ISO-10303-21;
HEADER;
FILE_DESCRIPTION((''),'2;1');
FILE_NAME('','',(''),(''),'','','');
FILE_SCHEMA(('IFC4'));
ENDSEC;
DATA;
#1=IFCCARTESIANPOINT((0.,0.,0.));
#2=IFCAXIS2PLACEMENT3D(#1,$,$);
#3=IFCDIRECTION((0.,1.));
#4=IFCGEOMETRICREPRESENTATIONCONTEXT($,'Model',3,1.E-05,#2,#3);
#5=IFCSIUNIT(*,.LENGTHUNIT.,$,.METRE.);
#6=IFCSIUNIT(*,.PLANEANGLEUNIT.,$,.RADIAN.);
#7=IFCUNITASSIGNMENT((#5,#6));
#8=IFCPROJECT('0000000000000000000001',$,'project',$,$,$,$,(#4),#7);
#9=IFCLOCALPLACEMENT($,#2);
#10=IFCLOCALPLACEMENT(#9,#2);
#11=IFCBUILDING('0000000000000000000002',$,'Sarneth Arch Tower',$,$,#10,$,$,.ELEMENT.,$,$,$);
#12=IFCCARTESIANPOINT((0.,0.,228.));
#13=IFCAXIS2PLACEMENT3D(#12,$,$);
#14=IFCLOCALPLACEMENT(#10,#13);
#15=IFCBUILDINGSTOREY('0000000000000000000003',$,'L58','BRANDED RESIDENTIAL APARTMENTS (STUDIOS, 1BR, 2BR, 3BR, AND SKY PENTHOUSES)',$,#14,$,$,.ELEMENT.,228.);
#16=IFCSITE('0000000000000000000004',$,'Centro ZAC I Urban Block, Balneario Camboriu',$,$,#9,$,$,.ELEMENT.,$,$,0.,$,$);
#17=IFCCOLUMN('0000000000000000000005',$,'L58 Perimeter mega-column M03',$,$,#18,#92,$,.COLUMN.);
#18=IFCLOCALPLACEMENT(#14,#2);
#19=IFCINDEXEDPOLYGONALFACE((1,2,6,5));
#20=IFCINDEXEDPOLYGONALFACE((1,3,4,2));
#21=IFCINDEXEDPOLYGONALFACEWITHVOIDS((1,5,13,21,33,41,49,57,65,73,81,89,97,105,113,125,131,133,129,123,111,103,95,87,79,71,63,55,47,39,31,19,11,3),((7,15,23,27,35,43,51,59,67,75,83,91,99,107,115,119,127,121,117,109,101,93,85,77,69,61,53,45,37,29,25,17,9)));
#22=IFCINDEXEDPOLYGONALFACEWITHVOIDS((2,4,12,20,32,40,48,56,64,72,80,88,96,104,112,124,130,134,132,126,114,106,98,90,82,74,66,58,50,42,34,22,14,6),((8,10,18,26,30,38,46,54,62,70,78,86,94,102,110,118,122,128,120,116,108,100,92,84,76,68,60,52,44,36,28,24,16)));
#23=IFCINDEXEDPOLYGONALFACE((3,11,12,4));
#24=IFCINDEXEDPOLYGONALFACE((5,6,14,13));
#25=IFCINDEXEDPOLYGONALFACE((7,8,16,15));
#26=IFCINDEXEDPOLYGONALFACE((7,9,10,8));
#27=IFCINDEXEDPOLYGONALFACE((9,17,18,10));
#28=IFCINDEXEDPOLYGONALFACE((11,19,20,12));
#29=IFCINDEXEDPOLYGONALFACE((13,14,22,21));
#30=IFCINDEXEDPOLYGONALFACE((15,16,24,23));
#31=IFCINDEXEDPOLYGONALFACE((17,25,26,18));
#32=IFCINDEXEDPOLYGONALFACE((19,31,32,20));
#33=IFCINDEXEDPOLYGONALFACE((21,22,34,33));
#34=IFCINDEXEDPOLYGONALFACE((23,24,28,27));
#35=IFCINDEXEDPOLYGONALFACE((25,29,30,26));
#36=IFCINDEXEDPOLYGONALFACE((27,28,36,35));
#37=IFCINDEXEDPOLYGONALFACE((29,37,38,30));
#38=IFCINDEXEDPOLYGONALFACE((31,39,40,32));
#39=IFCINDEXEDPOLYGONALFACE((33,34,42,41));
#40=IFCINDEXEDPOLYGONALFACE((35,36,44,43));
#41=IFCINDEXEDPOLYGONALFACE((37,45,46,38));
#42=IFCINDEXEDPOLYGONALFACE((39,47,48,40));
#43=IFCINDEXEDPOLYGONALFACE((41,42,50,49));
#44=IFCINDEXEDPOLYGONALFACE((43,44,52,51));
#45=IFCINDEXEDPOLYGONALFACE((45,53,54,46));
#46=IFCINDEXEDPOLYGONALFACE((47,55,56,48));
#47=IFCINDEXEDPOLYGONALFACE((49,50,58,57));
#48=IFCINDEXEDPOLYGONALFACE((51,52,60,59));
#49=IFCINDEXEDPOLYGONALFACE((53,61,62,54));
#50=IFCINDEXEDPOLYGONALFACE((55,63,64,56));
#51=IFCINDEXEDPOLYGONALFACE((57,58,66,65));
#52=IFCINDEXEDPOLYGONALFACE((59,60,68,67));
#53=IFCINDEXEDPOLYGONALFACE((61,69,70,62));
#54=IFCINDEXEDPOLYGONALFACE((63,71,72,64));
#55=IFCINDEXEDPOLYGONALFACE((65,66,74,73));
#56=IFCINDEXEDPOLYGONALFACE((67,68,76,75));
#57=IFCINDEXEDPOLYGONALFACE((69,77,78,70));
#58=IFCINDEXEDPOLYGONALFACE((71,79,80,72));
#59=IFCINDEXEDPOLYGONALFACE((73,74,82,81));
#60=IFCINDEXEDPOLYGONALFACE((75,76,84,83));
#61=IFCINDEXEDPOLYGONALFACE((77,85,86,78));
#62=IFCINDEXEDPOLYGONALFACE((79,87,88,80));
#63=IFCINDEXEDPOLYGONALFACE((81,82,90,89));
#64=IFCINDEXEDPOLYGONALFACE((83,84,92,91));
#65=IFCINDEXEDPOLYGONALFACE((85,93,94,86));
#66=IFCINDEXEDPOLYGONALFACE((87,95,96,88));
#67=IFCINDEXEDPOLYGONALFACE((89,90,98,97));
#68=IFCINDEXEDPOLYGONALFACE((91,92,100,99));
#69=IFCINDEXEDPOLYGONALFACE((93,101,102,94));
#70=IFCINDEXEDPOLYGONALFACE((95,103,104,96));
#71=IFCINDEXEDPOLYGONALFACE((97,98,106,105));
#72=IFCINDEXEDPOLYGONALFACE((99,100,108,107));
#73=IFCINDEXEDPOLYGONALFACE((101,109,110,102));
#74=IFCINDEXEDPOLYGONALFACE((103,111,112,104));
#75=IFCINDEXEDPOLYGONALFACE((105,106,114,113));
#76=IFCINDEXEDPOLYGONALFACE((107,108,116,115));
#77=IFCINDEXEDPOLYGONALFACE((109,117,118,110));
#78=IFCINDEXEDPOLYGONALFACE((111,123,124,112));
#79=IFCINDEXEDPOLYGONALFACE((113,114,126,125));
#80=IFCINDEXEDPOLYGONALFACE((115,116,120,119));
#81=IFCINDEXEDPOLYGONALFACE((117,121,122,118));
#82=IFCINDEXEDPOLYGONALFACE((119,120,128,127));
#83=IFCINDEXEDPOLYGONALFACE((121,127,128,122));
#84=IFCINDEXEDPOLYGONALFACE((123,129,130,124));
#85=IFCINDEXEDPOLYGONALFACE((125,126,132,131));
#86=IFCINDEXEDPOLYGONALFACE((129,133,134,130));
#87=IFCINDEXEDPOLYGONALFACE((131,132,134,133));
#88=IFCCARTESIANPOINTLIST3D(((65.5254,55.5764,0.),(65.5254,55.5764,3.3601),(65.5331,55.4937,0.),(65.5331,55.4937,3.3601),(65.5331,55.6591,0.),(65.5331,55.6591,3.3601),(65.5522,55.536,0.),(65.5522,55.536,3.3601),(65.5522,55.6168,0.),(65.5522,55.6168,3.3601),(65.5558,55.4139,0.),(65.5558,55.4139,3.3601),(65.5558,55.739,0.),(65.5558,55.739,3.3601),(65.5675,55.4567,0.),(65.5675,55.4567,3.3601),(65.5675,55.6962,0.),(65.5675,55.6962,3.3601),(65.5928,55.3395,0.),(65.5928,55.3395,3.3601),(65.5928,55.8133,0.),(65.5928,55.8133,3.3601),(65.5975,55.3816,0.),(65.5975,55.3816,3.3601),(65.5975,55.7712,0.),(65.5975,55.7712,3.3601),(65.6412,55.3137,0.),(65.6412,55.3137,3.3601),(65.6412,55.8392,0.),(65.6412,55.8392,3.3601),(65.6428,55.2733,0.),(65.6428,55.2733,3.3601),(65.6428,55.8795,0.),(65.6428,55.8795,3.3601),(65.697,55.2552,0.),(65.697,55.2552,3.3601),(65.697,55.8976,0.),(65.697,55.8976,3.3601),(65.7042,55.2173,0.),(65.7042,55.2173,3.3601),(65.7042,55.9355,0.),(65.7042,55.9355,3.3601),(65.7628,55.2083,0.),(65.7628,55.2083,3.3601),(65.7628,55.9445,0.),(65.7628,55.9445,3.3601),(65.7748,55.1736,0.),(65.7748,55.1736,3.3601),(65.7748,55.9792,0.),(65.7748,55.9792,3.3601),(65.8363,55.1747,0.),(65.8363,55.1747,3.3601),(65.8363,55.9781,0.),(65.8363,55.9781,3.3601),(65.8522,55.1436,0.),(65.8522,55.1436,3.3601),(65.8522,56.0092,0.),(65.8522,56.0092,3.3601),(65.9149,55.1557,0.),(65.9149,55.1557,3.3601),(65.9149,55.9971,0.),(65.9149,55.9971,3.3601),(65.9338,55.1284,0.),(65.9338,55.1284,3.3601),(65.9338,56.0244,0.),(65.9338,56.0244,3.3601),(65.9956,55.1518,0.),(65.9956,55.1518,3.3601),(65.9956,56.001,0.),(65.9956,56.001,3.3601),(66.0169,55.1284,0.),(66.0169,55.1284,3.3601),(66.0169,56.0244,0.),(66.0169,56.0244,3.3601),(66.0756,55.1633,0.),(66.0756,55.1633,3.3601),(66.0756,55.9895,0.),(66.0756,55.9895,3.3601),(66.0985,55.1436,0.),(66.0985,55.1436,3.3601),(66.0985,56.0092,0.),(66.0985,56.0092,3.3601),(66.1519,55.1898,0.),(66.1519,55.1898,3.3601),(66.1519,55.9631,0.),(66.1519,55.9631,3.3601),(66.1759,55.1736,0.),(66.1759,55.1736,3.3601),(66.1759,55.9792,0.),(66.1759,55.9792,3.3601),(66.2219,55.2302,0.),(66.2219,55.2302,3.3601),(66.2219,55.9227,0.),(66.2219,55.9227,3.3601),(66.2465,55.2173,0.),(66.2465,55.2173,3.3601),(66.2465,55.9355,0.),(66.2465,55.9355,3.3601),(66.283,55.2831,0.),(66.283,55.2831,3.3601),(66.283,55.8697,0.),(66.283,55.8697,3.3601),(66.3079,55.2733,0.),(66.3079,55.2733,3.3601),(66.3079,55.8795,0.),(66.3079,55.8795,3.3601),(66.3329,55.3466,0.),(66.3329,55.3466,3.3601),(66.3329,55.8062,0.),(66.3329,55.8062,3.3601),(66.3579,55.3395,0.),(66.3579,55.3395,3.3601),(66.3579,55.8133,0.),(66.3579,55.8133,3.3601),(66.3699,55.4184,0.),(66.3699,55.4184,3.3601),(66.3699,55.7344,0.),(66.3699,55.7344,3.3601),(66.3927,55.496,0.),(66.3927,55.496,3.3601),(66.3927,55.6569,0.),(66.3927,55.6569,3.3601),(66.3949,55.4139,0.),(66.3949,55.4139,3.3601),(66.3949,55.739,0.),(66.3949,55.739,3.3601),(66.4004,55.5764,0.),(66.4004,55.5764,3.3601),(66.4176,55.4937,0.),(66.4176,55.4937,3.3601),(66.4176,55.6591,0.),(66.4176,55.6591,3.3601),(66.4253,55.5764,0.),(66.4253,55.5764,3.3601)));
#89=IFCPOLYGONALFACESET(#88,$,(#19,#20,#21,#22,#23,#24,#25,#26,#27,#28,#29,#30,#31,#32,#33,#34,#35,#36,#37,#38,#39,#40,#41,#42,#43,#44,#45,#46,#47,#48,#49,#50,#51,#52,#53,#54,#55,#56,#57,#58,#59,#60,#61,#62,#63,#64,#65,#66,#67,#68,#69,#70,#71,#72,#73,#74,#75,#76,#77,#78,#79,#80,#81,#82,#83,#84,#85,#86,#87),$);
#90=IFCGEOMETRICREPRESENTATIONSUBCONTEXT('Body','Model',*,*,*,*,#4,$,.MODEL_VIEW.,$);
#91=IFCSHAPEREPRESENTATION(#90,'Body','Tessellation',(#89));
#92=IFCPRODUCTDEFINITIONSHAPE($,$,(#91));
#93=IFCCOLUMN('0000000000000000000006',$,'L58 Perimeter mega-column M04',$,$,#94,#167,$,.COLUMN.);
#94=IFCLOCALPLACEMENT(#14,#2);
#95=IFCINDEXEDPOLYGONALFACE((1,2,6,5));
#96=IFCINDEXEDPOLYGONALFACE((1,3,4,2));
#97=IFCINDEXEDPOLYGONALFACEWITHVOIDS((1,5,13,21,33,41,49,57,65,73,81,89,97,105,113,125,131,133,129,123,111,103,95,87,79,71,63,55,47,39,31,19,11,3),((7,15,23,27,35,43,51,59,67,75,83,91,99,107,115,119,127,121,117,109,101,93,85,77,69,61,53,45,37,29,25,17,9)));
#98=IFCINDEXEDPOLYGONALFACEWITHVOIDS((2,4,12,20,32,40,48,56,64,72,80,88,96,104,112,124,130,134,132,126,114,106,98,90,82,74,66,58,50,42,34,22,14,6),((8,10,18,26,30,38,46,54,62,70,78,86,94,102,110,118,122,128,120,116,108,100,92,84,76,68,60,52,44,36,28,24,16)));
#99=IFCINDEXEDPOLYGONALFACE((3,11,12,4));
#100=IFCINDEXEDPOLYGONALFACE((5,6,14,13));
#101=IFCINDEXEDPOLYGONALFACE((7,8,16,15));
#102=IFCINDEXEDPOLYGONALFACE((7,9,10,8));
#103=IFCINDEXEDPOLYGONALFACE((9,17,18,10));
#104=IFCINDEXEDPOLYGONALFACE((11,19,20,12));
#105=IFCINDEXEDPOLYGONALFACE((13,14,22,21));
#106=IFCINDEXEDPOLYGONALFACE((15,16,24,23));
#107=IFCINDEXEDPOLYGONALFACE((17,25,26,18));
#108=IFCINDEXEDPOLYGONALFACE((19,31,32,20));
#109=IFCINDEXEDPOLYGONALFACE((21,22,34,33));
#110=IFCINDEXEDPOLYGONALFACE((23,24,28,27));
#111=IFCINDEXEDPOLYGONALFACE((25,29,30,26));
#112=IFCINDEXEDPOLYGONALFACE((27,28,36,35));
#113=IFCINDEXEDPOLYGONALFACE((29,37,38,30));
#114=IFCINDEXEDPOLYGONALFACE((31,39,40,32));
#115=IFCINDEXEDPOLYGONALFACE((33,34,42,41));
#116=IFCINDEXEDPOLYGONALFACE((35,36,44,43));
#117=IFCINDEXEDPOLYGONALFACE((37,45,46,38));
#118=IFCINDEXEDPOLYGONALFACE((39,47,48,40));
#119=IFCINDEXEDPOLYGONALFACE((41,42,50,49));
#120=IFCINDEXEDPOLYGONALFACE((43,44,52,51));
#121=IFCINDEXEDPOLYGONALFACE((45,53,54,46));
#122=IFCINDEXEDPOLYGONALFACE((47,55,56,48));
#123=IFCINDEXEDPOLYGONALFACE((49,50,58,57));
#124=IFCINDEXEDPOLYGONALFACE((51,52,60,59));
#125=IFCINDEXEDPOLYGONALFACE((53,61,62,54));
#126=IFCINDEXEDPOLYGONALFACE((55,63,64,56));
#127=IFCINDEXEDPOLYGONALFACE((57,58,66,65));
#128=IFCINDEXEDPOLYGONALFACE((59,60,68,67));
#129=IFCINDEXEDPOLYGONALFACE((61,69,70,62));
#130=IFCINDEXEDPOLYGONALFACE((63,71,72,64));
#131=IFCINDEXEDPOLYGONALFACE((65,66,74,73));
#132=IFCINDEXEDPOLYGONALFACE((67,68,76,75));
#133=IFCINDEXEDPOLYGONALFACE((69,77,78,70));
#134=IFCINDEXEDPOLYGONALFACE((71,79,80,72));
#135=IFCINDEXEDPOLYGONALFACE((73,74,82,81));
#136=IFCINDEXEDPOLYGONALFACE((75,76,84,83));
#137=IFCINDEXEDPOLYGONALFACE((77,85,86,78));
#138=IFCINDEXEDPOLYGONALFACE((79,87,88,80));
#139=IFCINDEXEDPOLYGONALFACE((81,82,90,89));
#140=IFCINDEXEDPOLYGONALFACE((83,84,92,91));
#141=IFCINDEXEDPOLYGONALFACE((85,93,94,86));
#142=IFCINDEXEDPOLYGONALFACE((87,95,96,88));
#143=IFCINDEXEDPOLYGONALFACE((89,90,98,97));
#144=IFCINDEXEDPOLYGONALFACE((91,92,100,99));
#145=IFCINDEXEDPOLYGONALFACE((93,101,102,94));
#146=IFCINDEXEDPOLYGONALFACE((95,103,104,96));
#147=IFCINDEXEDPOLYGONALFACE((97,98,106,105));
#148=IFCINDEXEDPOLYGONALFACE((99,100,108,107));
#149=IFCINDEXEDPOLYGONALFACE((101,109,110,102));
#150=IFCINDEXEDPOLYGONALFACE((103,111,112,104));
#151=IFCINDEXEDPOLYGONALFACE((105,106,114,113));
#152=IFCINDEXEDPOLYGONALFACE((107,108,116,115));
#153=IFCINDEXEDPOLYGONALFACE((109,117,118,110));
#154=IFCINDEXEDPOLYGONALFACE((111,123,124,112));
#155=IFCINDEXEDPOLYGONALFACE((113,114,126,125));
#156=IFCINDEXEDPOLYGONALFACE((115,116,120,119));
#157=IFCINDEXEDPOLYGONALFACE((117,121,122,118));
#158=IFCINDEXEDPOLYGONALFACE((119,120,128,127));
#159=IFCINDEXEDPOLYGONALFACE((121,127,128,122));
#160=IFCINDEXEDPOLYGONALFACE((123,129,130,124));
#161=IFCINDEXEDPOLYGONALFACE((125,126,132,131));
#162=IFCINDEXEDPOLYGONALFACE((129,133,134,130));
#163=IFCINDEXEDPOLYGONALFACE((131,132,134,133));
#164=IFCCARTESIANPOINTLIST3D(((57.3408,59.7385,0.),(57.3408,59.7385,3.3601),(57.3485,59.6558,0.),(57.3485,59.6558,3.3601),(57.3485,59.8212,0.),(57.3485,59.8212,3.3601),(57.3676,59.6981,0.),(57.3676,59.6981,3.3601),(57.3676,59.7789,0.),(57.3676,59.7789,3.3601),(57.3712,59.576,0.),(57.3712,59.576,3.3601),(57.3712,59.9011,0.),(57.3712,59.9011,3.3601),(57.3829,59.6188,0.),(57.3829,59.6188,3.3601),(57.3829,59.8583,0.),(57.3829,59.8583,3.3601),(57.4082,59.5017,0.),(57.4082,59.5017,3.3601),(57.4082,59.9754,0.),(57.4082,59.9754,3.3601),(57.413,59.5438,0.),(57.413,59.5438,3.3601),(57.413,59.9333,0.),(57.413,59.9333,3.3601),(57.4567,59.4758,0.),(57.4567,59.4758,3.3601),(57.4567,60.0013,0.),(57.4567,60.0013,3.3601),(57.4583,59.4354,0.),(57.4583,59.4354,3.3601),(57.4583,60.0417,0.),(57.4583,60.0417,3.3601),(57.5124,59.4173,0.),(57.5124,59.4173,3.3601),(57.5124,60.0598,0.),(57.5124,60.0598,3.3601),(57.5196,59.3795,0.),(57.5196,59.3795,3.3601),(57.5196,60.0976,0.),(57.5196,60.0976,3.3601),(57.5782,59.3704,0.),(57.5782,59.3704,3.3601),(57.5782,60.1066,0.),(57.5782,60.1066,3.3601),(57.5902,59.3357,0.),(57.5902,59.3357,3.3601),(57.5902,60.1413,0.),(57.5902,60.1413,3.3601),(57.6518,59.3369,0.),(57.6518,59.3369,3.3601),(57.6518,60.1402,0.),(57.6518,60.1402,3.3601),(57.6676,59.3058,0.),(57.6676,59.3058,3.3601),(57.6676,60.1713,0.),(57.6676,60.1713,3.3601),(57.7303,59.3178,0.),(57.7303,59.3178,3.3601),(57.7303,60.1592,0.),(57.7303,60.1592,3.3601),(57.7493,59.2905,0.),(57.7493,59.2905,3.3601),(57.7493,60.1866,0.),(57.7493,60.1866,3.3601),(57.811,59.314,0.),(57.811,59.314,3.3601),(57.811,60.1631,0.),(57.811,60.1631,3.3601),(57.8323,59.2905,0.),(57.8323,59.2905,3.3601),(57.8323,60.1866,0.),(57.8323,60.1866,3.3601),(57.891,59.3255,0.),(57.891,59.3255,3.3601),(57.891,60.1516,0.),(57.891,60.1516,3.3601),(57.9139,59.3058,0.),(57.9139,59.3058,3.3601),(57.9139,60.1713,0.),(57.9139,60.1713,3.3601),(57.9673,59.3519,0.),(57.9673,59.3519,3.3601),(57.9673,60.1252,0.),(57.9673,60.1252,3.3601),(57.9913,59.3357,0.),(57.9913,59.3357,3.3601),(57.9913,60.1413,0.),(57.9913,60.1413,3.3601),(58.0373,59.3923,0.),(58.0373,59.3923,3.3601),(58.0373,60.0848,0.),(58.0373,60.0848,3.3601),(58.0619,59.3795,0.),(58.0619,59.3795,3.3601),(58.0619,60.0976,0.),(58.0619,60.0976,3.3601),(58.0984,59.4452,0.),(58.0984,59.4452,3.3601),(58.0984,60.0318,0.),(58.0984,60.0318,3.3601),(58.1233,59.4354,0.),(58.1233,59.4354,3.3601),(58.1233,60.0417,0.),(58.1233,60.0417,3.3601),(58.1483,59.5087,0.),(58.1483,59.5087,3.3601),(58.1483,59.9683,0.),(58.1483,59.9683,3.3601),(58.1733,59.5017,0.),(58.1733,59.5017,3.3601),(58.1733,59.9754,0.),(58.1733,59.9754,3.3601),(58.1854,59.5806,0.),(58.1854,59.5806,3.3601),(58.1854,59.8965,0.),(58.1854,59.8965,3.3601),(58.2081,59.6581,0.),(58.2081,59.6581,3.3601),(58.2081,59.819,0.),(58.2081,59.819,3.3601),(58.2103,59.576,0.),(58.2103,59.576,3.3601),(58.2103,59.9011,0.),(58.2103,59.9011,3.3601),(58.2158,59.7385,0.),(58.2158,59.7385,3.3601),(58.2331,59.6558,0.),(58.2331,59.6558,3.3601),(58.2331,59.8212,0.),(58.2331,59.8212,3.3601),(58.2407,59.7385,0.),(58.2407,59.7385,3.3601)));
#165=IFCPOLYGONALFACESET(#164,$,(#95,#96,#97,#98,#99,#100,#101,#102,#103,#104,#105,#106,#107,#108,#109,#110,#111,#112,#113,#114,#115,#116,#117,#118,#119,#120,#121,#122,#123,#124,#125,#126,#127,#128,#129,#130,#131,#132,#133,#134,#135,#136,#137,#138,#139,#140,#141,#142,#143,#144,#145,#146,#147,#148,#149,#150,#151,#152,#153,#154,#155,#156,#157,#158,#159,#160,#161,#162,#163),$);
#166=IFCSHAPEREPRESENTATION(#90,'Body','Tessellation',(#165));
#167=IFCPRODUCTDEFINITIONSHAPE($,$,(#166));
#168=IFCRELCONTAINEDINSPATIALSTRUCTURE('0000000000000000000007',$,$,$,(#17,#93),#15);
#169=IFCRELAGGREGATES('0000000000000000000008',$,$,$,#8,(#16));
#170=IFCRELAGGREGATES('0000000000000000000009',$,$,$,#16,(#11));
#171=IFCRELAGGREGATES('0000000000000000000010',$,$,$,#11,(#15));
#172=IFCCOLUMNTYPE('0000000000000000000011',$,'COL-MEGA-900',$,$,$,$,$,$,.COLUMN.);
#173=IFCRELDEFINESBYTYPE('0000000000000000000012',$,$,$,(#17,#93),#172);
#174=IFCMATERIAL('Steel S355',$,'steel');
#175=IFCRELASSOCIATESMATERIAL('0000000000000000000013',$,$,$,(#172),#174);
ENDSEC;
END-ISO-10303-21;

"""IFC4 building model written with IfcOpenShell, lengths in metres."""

from ifc_helpers import new_model, si_unit, direction, frame, origin, origin_2d, place, context, subcontext, project, spatial, hollow_circle, extrude, material, material_profile, profile_set, type_object, element, save


model = new_model("IFC4")

# Units and contexts
model_context = context("Model", 3, precision=1e-05, world=origin(), true_north=direction((0.0, 1.0)))
body_context = subcontext(model_context, "Body", "Model", "MODEL_VIEW")
ifc_project = project(units=[si_unit("LENGTHUNIT", "METRE"), si_unit("PLANEANGLEUNIT", "RADIAN")], contexts=[model_context])

# Site, building, storey
site_placement = place(None, origin())
site = spatial("IfcSite", under=ifc_project, at=site_placement, Name="Centro ZAC I Urban Block, Balneario Camboriu", CompositionType="ELEMENT", RefElevation=0.0)
building_placement = place(site_placement, origin())
building = spatial("IfcBuilding", under=site, at=building_placement, Name="Sarneth Arch Tower", CompositionType="ELEMENT")
storey_placement = place(building_placement, frame((0.0, 0.0, 228.0)))
storey = spatial("IfcBuildingStorey", under=building, at=storey_placement, Name="L58", Description="BRANDED RESIDENTIAL APARTMENTS (STUDIOS, 1BR, 2BR, 3BR, AND SKY PENTHOUSES)", CompositionType="ELEMENT", Elevation=228.0)

# Columns
ifc_material_1 = material(Name="Steel S355", Category="steel")
ifc_material_profile_1 = material_profile(ifc_material_1, hollow_circle(Radius=0.45, WallThickness=0.0249, at=origin_2d()), Name="CHS900x25")
ifc_profile_set_1 = profile_set([ifc_material_profile_1], Name="Steel S355")
column_type = type_object("IfcColumnType", Name="COL-MEGA-900", PredefinedType="COLUMN", material=ifc_profile_set_1)
for number, where, z_axis, x_axis, name in (
    (1, (65.9753, 55.5764, 0.0), (0.0, 0.0, 1.0), (1.0, 0.0, 0.0), "L58 Perimeter mega-column M03"),
    (2, (57.7908, 59.7385, 0.0), (0.0, 0.0, 1.0), (1.0, 0.0, 0.0), "L58 Perimeter mega-column M04"),
):
    element("IfcColumn", number, at=place(storey_placement, frame(where, z_axis=z_axis, x_axis=x_axis)), inside=storey, type_object=column_type, Name=name, PredefinedType="COLUMN", context=body_context, shape_type="SweptSolid", body=[
        extrude(hollow_circle(Radius=0.45, WallThickness=0.0249, at=origin_2d()), origin(), (0.0, 0.0, 1.0), 3.3601),
    ])

save(model, "model.ifc")
